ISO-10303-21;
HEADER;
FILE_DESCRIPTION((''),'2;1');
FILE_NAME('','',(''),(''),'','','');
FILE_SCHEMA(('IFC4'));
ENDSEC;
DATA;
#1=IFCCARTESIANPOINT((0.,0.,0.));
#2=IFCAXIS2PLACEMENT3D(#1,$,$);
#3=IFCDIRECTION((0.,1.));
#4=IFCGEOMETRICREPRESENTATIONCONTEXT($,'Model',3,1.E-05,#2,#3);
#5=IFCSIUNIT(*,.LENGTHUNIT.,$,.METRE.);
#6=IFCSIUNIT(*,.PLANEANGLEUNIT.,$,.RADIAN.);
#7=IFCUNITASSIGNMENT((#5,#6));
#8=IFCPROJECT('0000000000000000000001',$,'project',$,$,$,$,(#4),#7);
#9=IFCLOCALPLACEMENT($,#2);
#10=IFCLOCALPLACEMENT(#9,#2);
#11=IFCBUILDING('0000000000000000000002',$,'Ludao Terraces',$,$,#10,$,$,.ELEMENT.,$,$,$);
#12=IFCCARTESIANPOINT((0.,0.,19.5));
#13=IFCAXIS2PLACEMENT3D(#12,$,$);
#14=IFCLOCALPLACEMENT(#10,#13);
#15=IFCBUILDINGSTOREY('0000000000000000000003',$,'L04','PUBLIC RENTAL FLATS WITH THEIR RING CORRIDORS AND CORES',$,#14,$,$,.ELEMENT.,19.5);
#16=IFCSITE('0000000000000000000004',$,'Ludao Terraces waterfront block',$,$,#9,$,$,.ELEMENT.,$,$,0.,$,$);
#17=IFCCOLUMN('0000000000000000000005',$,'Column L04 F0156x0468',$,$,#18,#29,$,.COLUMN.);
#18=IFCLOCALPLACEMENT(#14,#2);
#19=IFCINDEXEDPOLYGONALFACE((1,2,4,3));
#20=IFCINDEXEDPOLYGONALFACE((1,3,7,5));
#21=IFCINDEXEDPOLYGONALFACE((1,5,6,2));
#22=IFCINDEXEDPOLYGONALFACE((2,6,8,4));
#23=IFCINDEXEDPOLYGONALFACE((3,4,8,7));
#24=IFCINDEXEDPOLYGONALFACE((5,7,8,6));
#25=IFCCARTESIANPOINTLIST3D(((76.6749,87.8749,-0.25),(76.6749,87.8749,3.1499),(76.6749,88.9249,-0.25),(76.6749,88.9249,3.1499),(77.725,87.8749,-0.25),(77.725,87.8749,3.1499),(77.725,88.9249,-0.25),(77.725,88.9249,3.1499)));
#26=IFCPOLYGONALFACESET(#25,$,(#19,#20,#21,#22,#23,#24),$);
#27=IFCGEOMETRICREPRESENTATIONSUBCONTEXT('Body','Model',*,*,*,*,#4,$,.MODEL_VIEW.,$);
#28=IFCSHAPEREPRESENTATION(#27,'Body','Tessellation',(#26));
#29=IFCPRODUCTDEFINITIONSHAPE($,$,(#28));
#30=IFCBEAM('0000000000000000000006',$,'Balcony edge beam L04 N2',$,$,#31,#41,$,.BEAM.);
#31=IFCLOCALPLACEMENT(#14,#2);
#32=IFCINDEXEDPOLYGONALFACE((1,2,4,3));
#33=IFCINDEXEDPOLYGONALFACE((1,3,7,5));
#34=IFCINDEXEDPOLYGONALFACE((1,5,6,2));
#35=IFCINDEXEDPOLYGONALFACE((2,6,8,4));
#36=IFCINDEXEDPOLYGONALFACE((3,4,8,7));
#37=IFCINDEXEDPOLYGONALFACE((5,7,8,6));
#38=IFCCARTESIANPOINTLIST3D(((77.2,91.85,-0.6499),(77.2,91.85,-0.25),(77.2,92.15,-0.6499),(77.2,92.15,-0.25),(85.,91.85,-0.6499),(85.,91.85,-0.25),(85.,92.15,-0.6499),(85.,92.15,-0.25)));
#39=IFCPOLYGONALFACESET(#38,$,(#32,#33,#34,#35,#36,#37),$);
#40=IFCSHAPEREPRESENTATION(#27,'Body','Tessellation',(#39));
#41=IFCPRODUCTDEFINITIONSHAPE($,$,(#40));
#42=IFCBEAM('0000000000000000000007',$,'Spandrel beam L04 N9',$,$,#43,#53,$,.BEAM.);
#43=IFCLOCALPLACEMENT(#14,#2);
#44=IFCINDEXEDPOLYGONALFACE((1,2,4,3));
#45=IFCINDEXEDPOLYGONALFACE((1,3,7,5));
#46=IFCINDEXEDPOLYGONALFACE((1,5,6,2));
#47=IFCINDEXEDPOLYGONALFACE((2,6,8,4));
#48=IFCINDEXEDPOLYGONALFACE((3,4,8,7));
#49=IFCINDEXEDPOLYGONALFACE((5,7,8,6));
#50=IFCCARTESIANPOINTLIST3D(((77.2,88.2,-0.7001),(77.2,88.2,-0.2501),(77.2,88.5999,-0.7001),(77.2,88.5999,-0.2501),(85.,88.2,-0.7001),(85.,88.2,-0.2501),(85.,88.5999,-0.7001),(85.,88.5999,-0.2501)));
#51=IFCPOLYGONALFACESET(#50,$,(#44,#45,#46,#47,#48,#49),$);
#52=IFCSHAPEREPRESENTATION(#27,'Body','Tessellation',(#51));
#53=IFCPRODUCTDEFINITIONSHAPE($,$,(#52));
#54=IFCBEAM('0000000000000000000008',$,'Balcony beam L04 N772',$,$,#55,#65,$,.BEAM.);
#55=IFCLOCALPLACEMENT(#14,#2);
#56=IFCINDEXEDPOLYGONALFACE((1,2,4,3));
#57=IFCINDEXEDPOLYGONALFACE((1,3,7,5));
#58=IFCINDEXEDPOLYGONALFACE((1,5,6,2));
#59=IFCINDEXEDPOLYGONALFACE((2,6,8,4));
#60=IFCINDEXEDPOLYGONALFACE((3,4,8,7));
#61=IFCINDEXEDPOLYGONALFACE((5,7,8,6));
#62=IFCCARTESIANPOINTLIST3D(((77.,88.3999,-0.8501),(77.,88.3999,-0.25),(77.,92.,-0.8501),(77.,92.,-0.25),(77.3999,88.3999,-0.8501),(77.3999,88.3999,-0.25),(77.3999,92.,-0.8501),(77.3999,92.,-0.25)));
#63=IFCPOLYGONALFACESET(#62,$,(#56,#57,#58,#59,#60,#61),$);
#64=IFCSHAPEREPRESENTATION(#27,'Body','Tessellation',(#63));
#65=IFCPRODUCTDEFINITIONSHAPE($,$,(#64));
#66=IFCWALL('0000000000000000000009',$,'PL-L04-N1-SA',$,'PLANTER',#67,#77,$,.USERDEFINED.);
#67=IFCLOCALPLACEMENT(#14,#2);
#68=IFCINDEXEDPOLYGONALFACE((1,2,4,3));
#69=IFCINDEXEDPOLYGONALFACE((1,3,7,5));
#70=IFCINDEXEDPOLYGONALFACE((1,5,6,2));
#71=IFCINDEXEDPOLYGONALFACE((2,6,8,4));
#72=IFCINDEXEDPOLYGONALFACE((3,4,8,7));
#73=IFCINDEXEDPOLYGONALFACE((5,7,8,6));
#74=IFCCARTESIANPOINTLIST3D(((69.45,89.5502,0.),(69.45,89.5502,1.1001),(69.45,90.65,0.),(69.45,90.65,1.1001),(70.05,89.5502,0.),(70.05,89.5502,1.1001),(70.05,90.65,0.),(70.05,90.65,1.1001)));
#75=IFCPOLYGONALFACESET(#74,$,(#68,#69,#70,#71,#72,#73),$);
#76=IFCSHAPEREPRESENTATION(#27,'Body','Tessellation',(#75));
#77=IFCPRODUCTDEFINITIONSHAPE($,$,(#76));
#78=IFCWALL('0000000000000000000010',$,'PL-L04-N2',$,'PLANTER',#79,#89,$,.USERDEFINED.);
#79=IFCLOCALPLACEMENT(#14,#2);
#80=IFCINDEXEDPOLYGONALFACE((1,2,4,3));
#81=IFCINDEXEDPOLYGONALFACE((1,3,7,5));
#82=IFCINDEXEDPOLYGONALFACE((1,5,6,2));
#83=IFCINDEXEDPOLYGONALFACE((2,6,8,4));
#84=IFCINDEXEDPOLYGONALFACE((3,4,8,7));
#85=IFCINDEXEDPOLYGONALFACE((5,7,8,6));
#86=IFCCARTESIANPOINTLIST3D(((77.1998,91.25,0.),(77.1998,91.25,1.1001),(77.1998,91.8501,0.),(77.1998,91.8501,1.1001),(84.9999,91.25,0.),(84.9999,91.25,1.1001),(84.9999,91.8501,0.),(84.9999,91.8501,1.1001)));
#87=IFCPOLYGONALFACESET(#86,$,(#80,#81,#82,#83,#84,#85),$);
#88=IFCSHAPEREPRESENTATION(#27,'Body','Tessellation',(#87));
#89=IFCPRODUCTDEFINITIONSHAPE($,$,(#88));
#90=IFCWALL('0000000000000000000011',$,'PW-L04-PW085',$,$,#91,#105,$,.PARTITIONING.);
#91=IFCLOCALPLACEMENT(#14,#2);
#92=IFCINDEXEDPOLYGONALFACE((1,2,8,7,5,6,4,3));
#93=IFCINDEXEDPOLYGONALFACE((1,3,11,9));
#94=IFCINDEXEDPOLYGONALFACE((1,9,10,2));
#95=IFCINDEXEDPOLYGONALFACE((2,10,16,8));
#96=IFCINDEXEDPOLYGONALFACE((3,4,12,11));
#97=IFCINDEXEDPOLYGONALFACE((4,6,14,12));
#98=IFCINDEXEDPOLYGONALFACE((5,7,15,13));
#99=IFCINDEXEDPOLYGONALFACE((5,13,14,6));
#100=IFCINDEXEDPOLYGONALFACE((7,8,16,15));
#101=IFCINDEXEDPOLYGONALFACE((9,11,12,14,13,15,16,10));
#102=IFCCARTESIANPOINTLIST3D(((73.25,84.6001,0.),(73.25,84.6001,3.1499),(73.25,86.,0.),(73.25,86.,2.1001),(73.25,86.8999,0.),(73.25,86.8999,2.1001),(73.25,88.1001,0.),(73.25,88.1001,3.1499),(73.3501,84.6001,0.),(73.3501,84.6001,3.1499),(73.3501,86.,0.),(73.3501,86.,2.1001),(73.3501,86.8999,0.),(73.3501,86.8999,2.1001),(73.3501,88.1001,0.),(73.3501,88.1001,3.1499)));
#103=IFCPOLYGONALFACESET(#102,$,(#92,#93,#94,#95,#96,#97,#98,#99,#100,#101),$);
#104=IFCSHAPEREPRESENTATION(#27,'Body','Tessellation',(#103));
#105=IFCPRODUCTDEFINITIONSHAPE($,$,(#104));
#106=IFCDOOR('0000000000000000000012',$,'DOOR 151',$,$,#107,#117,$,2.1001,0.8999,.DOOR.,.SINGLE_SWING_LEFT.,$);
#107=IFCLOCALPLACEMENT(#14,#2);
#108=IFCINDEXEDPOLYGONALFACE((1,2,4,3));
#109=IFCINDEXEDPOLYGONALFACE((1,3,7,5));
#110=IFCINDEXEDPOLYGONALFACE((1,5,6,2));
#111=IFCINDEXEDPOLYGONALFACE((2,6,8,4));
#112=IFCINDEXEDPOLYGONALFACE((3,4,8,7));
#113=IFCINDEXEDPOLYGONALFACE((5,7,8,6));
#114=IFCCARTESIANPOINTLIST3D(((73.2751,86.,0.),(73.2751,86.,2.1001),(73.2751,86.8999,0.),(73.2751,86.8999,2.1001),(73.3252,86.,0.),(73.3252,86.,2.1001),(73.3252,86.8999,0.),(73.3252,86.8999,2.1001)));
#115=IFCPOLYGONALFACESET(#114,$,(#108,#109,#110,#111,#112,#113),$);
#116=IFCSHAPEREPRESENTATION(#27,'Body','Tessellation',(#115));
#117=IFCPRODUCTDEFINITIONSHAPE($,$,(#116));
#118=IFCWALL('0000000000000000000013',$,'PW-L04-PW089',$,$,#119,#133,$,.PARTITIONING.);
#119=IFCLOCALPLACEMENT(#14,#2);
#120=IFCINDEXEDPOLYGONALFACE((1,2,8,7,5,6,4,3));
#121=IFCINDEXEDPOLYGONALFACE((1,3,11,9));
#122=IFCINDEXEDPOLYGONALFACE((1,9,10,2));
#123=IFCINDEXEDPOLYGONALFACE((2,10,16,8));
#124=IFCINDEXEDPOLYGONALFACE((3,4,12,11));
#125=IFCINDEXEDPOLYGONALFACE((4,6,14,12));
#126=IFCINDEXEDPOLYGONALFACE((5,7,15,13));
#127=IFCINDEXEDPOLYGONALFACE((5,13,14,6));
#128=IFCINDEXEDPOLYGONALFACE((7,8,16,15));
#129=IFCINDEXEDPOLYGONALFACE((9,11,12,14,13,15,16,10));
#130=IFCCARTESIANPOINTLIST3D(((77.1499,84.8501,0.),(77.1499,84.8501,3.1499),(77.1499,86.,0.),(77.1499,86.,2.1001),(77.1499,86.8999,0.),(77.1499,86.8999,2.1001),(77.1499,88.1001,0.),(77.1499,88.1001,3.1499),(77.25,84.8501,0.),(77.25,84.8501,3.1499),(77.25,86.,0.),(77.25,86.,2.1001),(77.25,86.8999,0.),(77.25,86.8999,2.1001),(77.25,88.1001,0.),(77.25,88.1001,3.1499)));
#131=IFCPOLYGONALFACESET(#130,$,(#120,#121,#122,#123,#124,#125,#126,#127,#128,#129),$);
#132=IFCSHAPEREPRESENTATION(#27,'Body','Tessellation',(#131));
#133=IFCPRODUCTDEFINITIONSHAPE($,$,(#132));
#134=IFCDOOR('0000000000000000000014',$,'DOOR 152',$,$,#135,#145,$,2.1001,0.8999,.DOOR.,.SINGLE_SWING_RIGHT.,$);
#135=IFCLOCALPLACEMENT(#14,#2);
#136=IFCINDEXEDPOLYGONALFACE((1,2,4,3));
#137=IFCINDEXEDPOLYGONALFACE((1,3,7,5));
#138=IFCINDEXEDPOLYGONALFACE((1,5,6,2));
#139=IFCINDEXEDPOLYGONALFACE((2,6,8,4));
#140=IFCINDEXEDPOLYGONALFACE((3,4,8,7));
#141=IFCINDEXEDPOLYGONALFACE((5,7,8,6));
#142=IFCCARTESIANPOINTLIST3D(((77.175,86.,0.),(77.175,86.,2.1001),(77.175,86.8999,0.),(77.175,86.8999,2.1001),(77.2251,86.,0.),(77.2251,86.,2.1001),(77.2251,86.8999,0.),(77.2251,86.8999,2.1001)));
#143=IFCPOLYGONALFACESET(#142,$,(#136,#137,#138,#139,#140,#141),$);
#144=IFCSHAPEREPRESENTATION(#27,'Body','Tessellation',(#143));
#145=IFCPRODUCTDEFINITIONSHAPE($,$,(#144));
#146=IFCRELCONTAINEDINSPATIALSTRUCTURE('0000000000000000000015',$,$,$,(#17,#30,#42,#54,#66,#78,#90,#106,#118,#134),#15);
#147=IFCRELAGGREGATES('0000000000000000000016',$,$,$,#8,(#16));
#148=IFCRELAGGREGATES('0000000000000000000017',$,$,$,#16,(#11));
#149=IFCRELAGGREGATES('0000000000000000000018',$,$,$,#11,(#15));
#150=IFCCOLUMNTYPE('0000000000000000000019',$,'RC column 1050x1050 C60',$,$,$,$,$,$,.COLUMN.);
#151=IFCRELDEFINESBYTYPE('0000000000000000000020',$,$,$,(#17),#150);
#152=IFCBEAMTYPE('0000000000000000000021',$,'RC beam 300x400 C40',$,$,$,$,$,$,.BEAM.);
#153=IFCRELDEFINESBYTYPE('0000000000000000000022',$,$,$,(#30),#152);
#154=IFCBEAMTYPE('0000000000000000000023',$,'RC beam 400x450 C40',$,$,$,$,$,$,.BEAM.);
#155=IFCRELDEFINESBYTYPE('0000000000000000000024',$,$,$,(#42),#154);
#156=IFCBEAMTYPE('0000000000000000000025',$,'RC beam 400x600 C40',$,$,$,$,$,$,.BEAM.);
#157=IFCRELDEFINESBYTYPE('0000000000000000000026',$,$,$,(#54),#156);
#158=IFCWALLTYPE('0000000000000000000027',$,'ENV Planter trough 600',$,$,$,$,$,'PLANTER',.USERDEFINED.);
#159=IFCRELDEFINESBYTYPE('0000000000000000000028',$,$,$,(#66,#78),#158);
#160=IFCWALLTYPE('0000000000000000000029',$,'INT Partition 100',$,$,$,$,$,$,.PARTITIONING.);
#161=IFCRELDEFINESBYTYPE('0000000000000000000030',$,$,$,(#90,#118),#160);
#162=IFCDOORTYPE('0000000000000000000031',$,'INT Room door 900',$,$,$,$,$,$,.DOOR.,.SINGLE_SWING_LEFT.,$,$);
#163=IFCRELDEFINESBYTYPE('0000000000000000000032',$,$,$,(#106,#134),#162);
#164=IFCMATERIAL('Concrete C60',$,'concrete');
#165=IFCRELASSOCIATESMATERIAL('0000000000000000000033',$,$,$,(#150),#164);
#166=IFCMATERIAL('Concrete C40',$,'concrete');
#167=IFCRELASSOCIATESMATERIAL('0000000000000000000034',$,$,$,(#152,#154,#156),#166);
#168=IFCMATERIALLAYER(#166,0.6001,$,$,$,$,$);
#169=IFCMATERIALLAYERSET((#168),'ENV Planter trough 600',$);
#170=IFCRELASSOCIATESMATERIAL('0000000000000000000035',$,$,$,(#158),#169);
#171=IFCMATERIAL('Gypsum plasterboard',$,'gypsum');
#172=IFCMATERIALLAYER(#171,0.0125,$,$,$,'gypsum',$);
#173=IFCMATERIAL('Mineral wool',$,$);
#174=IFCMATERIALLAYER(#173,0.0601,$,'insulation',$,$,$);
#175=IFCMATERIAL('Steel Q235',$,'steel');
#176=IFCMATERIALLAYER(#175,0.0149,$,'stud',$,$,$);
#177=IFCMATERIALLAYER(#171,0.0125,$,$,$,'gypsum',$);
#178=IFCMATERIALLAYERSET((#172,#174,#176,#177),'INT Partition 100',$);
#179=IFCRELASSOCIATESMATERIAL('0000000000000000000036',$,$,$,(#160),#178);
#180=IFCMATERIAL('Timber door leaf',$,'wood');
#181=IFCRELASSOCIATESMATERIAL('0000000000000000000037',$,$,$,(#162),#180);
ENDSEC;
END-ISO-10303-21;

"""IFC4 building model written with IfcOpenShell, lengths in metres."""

from ifc_helpers import new_model, si_unit, direction, frame, frame_2d, origin, origin_2d, place, context, subcontext, project, spatial, rectangle, extrude, material, layer, layer_set, material_profile, profile_set, type_object, element, fill, save


model = new_model("IFC4")

# Units and contexts
model_context = context("Model", 3, precision=1e-05, world=origin(), true_north=direction((0.0, 1.0)))
body_context = subcontext(model_context, "Body", "Model", "MODEL_VIEW")
ifc_project = project(units=[si_unit("LENGTHUNIT", "METRE"), si_unit("PLANEANGLEUNIT", "RADIAN")], contexts=[model_context])

# Site, building, storey
site_placement = place(None, origin())
site = spatial("IfcSite", under=ifc_project, at=site_placement, Name="Ludao Terraces waterfront block", CompositionType="ELEMENT", RefElevation=0.0)
building_placement = place(site_placement, origin())
building = spatial("IfcBuilding", under=site, at=building_placement, Name="Ludao Terraces", CompositionType="ELEMENT")
storey_placement = place(building_placement, frame((0.0, 0.0, 19.5)))
storey = spatial("IfcBuildingStorey", under=building, at=storey_placement, Name="L04", Description="PUBLIC RENTAL FLATS WITH THEIR RING CORRIDORS AND CORES", CompositionType="ELEMENT", Elevation=19.5)

# Column
ifc_material_1 = material(Name="Concrete C60", Category="concrete")
ifc_material_profile_1 = material_profile(ifc_material_1, rectangle(XDim=1.05, YDim=1.05, at=origin_2d()), Name="1050 X 1050")
ifc_profile_set_1 = profile_set([ifc_material_profile_1], Name="Concrete C60")
column_type = type_object("IfcColumnType", Name="RC column 1050x1050 C60", PredefinedType="COLUMN", material=ifc_profile_set_1)
column_placement = place(storey_placement, frame((77.2, 88.3999, -0.25), z_axis=(0.0, 0.0, 1.0), x_axis=(1.0, 0.0, 0.0)))
element("IfcColumn", 1, at=column_placement, inside=storey, type_object=column_type, Name="Column L04 F0156x0468", PredefinedType="COLUMN", context=body_context, shape_type="SweptSolid", body=[
    extrude(rectangle(XDim=1.05, YDim=1.05, at=origin_2d()), origin(), (0.0, 0.0, 1.0), 3.3999),
])

# Beams
ifc_material_2 = material(Name="Concrete C40", Category="concrete")
ifc_material_profile_2 = material_profile(ifc_material_2, rectangle(XDim=0.3, YDim=0.3999, at=origin_2d()), Name="300 X 400")
ifc_profile_set_2 = profile_set([ifc_material_profile_2], Name="Concrete C40")
beam_type_1 = type_object("IfcBeamType", Name="RC beam 300x400 C40", PredefinedType="BEAM", material=ifc_profile_set_2)
beam_1_placement = place(storey_placement, frame((77.2, 92.0, -0.45), z_axis=(1.0, 0.0, 0.0), x_axis=(0.0, 1.0, 0.0)))
element("IfcBeam", 2, at=beam_1_placement, inside=storey, type_object=beam_type_1, Name="Balcony edge beam L04 N2", PredefinedType="BEAM", context=body_context, shape_type="SweptSolid", body=[
    extrude(rectangle(XDim=0.3, YDim=0.3999, at=origin_2d()), origin(), (0.0, 0.0, 1.0), 7.8),
])
ifc_material_profile_3 = material_profile(ifc_material_2, rectangle(XDim=0.3999, YDim=0.45, at=origin_2d()), Name="400 X 450")
ifc_profile_set_3 = profile_set([ifc_material_profile_3], Name="Concrete C40")
beam_type_2 = type_object("IfcBeamType", Name="RC beam 400x450 C40", PredefinedType="BEAM", material=ifc_profile_set_3)
beam_2_placement = place(storey_placement, frame((77.2, 88.3999, -0.4751), z_axis=(1.0, 0.0, 0.0), x_axis=(0.0, 1.0, 0.0)))
element("IfcBeam", 3, at=beam_2_placement, inside=storey, type_object=beam_type_2, Name="Spandrel beam L04 N9", PredefinedType="BEAM", context=body_context, shape_type="SweptSolid", body=[
    extrude(rectangle(XDim=0.3999, YDim=0.45, at=origin_2d()), origin(), (0.0, 0.0, 1.0), 7.8),
])
ifc_material_profile_4 = material_profile(ifc_material_2, rectangle(XDim=0.3999, YDim=0.6001, at=origin_2d()), Name="400 X 600")
ifc_profile_set_4 = profile_set([ifc_material_profile_4], Name="Concrete C40")
beam_type_3 = type_object("IfcBeamType", Name="RC beam 400x600 C40", PredefinedType="BEAM", material=ifc_profile_set_4)
beam_3_placement = place(storey_placement, frame((77.2, 88.3999, -0.55), z_axis=(0.0, 1.0, 0.0), x_axis=(-1.0, 0.0, 0.0)))
element("IfcBeam", 4, at=beam_3_placement, inside=storey, type_object=beam_type_3, Name="Balcony beam L04 N772", PredefinedType="BEAM", context=body_context, shape_type="SweptSolid", body=[
    extrude(rectangle(XDim=0.3999, YDim=0.6001, at=origin_2d()), origin(), (0.0, 0.0, 1.0), 3.6001),
])

# Walls
ifc_layer_1 = layer(ifc_material_2, 0.6001)
ifc_layer_set_1 = layer_set([ifc_layer_1], Name="ENV Planter trough 600")
wall_type_1 = type_object("IfcWallType", Name="ENV Planter trough 600", ElementType="PLANTER", PredefinedType="USERDEFINED", material=ifc_layer_set_1)
wall_1_placement = place(storey_placement, frame((69.75, 90.6499, 0.0), z_axis=(0.0, 0.0, 1.0), x_axis=(0.0, -1.0, 0.0)))
element("IfcWall", 5, at=wall_1_placement, inside=storey, type_object=wall_type_1, Name="PL-L04-N1-SA", ObjectType="PLANTER", PredefinedType="USERDEFINED", context=body_context, shape_type="SweptSolid", body=[
    extrude(rectangle(XDim=1.0999, YDim=0.6001, at=frame_2d((0.5498, 0.0))), origin(), (0.0, 0.0, 1.0), 1.1001),
])
wall_2_placement = place(storey_placement, frame((77.2, 91.55, 0.0), z_axis=(0.0, 0.0, 1.0), x_axis=(1.0, 0.0, 0.0)))
element("IfcWall", 6, at=wall_2_placement, inside=storey, type_object=wall_type_1, Name="PL-L04-N2", ObjectType="PLANTER", PredefinedType="USERDEFINED", context=body_context, shape_type="SweptSolid", body=[
    extrude(rectangle(XDim=7.8, YDim=0.6001, at=frame_2d((3.8999, 0.0))), origin(), (0.0, 0.0, 1.0), 1.1001),
])

# Shared definitions
ifc_material_3 = material(Name="Mineral wool")

# Walls, openings, doors
ifc_material_4 = material(Name="Gypsum plasterboard", Category="gypsum")
ifc_layer_2 = layer(ifc_material_4, 0.0125, Category="gypsum")
ifc_layer_3 = layer(ifc_material_3, 0.0601, Name="insulation")
ifc_material_5 = material(Name="Steel Q235", Category="steel")
ifc_layer_4 = layer(ifc_material_5, 0.0149, Name="stud")
ifc_layer_5 = layer(ifc_material_4, 0.0125, Category="gypsum")
ifc_layer_set_2 = layer_set([ifc_layer_2, ifc_layer_3, ifc_layer_4, ifc_layer_5], Name="INT Partition 100")
wall_type_2 = type_object("IfcWallType", Name="INT Partition 100", PredefinedType="PARTITIONING", material=ifc_layer_set_2)
wall_3_placement = place(storey_placement, frame((73.3, 84.6001, 0.0), z_axis=(0.0, 0.0, 1.0), x_axis=(0.0, 1.0, 0.0)))
wall_3 = element("IfcWall", 7, at=wall_3_placement, inside=storey, type_object=wall_type_2, Name="PW-L04-PW085", PredefinedType="PARTITIONING", context=body_context, shape_type="SweptSolid", body=[
    extrude(rectangle(XDim=3.5, YDim=0.1001, at=frame_2d((1.75, 0.0))), origin(), (0.0, 0.0, 1.0), 3.1499),
])
opening_1_placement = place(wall_3_placement, frame((1.3999, 0.0, 0.0)))
opening_1 = element("IfcOpeningElement", 8, at=opening_1_placement, cuts=wall_3, PredefinedType="OPENING", context=body_context, shape_type="SweptSolid", body=[
    extrude(rectangle(XDim=0.8999, YDim=2.1001, at=frame_2d((0.45, 1.05))), frame((0.0, 0.0601, 0.0), z_axis=(0.0, -1.0, 0.0), x_axis=(1.0, 0.0, 0.0)), (0.0, 0.0, 1.0), 0.1201),
])
ifc_material_6 = material(Name="Timber door leaf", Category="wood")
door_type_1 = type_object("IfcDoorType", Name="INT Room door 900", OperationType="SINGLE_SWING_LEFT", PredefinedType="DOOR", material=ifc_material_6)
door_1_placement = place(opening_1_placement, origin())
door_1 = element("IfcDoor", 9, at=door_1_placement, inside=storey, type_object=door_type_1, Name="DOOR 151", OperationType="SINGLE_SWING_LEFT", OverallHeight=2.1001, OverallWidth=0.8999, PredefinedType="DOOR", context=body_context, shape_type="SweptSolid", body=[
    extrude(rectangle(XDim=0.8999, YDim=2.1001, at=frame_2d((0.45, 1.05))), frame((0.0, 0.0249, 0.0), z_axis=(0.0, -1.0, 0.0), x_axis=(1.0, 0.0, 0.0)), (0.0, 0.0, 1.0), 0.05),
])
fill(opening_1, door_1)
wall_4_placement = place(storey_placement, frame((77.2, 84.8501, 0.0), z_axis=(0.0, 0.0, 1.0), x_axis=(0.0, 1.0, 0.0)))
wall_4 = element("IfcWall", 10, at=wall_4_placement, inside=storey, type_object=wall_type_2, Name="PW-L04-PW089", PredefinedType="PARTITIONING", context=body_context, shape_type="SweptSolid", body=[
    extrude(rectangle(XDim=3.25, YDim=0.1001, at=frame_2d((1.625, 0.0))), origin(), (0.0, 0.0, 1.0), 3.1499),
])
opening_2_placement = place(wall_4_placement, frame((1.1499, 0.0, 0.0)))
opening_2 = element("IfcOpeningElement", 11, at=opening_2_placement, cuts=wall_4, PredefinedType="OPENING", context=body_context, shape_type="SweptSolid", body=[
    extrude(rectangle(XDim=0.8999, YDim=2.1001, at=frame_2d((0.45, 1.05))), frame((0.0, 0.0601, 0.0), z_axis=(0.0, -1.0, 0.0), x_axis=(1.0, 0.0, 0.0)), (0.0, 0.0, 1.0), 0.1201),
])
door_2_placement = place(opening_2_placement, origin())
door_2 = element("IfcDoor", 12, at=door_2_placement, inside=storey, type_object=door_type_1, Name="DOOR 152", OperationType="SINGLE_SWING_RIGHT", OverallHeight=2.1001, OverallWidth=0.8999, PredefinedType="DOOR", context=body_context, shape_type="SweptSolid", body=[
    extrude(rectangle(XDim=0.8999, YDim=2.1001, at=frame_2d((0.45, 1.05))), frame((0.0, 0.0249, 0.0), z_axis=(0.0, -1.0, 0.0), x_axis=(1.0, 0.0, 0.0)), (0.0, 0.0, 1.0), 0.05),
])
fill(opening_2, door_2)

save(model, "model.ifc")
